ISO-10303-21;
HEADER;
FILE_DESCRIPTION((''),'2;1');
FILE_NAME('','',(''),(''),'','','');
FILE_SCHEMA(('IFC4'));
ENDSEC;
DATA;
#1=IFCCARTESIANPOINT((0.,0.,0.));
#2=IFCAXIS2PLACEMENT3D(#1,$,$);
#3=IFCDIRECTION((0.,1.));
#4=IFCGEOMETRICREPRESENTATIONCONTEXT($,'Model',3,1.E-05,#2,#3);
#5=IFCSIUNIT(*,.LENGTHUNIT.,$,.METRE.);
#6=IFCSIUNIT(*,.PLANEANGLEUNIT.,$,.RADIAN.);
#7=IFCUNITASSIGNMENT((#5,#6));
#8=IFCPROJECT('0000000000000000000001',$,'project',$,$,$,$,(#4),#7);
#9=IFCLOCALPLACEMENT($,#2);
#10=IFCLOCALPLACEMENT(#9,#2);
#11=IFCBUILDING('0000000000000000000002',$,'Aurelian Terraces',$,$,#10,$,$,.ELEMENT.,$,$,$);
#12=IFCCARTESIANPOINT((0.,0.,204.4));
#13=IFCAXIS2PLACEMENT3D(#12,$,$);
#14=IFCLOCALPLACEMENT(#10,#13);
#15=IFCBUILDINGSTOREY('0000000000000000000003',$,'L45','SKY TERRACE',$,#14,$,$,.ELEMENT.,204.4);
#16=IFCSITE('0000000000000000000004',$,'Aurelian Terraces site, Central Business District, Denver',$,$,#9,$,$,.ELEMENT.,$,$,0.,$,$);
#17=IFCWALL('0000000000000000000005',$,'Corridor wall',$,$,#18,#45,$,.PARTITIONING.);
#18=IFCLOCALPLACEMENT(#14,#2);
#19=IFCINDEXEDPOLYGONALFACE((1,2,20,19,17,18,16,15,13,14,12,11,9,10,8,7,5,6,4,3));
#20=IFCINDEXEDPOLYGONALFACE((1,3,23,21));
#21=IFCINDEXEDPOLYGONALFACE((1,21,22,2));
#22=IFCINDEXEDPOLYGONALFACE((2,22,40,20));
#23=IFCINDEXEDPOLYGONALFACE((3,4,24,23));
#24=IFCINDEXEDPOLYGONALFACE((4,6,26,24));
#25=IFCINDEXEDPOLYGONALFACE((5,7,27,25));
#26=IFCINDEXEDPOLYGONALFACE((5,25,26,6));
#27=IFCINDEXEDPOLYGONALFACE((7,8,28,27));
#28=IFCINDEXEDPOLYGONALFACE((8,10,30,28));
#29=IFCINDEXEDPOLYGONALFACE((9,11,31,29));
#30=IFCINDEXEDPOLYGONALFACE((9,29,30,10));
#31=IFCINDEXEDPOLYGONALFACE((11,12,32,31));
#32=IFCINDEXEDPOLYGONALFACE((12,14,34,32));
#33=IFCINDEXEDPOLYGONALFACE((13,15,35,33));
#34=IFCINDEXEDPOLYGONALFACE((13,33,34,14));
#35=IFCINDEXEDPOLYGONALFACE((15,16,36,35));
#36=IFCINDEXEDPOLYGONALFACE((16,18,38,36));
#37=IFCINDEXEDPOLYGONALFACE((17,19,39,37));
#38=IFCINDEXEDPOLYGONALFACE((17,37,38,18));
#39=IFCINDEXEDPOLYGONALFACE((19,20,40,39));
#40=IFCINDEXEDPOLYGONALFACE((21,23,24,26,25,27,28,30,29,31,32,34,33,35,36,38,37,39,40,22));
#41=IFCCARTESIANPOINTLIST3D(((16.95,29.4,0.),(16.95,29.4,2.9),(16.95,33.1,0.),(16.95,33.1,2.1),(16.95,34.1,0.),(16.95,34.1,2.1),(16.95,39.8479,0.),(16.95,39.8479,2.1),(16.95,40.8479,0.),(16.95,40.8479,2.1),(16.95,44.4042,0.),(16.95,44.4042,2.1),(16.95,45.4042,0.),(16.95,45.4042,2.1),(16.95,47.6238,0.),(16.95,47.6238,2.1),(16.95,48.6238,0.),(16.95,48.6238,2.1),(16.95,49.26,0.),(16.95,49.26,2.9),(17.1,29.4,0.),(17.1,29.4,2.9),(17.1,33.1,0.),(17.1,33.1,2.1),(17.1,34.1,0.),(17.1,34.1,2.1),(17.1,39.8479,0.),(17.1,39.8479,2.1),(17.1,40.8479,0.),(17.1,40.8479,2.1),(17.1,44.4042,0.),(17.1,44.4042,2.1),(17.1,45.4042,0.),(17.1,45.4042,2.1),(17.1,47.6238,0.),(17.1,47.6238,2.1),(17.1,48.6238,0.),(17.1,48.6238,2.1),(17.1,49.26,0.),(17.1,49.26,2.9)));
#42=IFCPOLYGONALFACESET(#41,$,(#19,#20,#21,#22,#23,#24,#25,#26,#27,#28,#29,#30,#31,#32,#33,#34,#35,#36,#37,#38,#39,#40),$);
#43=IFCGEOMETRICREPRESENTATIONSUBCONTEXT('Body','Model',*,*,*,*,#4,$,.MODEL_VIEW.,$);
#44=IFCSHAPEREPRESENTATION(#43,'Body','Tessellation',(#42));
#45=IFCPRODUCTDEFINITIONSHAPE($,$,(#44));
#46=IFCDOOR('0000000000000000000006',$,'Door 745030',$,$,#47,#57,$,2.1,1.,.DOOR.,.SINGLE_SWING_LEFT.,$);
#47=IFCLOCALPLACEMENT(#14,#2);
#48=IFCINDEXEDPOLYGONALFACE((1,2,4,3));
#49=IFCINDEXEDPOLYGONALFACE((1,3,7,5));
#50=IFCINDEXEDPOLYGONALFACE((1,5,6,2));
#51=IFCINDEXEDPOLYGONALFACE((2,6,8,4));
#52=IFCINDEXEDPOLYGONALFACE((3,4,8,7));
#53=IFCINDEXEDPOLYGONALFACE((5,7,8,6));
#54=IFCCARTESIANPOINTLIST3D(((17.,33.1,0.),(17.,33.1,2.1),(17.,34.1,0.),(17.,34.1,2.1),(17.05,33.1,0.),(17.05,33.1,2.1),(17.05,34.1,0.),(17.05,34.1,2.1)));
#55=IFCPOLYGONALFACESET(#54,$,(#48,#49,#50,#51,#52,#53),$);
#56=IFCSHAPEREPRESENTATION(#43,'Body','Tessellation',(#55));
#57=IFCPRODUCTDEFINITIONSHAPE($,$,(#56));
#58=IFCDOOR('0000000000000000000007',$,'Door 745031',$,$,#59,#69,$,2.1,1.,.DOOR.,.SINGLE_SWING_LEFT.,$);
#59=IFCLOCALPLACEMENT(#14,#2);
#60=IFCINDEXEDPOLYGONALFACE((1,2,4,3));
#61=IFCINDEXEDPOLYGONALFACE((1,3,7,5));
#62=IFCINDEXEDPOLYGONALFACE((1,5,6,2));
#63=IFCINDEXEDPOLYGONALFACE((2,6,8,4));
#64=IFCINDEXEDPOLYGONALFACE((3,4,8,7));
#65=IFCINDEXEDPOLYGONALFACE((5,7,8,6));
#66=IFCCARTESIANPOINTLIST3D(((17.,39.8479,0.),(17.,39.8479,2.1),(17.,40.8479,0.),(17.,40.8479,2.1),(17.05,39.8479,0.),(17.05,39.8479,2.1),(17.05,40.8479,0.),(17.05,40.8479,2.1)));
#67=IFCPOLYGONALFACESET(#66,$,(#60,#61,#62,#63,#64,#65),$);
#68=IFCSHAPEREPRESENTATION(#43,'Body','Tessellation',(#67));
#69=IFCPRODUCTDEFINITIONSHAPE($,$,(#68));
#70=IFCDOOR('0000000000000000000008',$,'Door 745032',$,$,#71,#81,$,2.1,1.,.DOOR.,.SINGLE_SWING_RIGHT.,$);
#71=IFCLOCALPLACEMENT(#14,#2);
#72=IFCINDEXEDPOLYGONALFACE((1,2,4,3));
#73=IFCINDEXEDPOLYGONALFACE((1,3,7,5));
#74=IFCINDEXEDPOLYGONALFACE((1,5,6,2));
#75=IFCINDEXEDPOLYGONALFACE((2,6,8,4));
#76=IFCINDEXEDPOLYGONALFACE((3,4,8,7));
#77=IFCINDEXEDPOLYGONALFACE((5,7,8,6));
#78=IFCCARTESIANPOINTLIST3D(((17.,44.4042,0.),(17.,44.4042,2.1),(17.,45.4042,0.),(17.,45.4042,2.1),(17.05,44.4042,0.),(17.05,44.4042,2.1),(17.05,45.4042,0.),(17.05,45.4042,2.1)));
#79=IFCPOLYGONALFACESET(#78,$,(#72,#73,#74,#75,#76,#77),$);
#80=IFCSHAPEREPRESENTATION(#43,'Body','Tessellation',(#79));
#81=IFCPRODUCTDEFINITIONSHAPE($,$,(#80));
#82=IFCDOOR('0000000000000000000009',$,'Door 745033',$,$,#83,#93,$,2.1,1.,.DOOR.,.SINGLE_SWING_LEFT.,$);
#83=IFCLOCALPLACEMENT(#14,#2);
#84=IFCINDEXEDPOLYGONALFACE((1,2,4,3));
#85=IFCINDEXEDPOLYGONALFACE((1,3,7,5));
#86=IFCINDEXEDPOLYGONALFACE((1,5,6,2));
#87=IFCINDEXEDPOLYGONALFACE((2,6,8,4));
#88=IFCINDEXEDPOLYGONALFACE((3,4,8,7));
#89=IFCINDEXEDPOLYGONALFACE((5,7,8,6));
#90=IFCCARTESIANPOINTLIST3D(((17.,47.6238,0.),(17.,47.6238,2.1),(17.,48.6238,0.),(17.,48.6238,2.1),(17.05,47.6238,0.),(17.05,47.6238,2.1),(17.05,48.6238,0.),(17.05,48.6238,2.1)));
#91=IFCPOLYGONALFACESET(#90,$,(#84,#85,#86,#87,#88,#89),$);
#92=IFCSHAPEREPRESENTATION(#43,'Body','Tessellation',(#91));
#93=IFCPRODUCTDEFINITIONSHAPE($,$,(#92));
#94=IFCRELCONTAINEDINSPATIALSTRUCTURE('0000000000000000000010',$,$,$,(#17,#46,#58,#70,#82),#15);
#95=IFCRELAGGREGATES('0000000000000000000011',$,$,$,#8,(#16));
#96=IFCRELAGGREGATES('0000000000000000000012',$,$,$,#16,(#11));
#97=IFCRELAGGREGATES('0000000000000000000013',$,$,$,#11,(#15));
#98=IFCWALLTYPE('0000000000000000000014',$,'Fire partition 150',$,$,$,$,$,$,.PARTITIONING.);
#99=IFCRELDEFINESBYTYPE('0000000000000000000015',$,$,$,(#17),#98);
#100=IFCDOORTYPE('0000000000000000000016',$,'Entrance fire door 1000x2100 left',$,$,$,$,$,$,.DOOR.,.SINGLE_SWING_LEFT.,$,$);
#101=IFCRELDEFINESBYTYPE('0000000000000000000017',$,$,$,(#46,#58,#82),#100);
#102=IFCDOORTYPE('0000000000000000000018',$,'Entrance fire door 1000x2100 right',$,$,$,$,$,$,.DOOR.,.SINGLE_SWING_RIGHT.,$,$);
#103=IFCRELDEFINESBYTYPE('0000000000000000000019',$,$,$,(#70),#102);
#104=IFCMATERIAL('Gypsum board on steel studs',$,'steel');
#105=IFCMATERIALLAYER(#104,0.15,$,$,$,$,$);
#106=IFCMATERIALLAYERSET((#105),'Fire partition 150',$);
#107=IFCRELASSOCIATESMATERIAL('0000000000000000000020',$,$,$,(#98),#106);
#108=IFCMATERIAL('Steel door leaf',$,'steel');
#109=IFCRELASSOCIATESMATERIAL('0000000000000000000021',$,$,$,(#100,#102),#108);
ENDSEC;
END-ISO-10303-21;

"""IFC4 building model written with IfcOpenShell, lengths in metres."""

from ifc_helpers import new_model, si_unit, direction, frame, frame_2d, origin, place, context, subcontext, project, spatial, rectangle, extrude, source, transform, mapped, material, layer, layer_set, type_object, element, fill, save


model = new_model("IFC4")

# Units and contexts
model_context = context("Model", 3, precision=1e-05, world=origin(), true_north=direction((0.0, 1.0)))
body_context = subcontext(model_context, "Body", "Model", "MODEL_VIEW")
ifc_project = project(units=[si_unit("LENGTHUNIT", "METRE"), si_unit("PLANEANGLEUNIT", "RADIAN")], contexts=[model_context])

# Site, building, storey
site_placement = place(None, origin())
site = spatial("IfcSite", under=ifc_project, at=site_placement, Name="Aurelian Terraces site, Central Business District, Denver", CompositionType="ELEMENT", RefElevation=0.0)
building_placement = place(site_placement, origin())
building = spatial("IfcBuilding", under=site, at=building_placement, Name="Aurelian Terraces", CompositionType="ELEMENT")
storey_placement = place(building_placement, frame((0.0, 0.0, 204.4)))
storey = spatial("IfcBuildingStorey", under=building, at=storey_placement, Name="L45", Description="SKY TERRACE", CompositionType="ELEMENT", Elevation=204.4)

# Shared definitions
ifc_material_1 = material(Name="Gypsum board on steel studs", Category="steel")

# Shared definitions
ifc_material_2 = material(Name="Steel door leaf", Category="steel")

# Shared definitions
shared_shape_1 = source(origin(), body_context, "Body", "SweptSolid", [
    extrude(rectangle(XDim=1.0, YDim=2.1, at=frame_2d((0.5, 1.05))), frame((0.0, 0.085, 0.0), z_axis=(0.0, -1.0, 0.0), x_axis=(1.0, 0.0, 0.0)), (0.0, 0.0, 1.0), 0.17),
])
shared_shape_2 = source(origin(), body_context, "Body", "SweptSolid", [
    extrude(rectangle(XDim=1.0, YDim=2.1, at=frame_2d((0.5, 1.05))), frame((0.0, 0.025, 0.0), z_axis=(0.0, -1.0, 0.0), x_axis=(1.0, 0.0, 0.0)), (0.0, 0.0, 1.0), 0.05),
])

# Wall, openings, doors
ifc_layer_1 = layer(ifc_material_1, 0.15)
ifc_layer_set_1 = layer_set([ifc_layer_1], Name="Fire partition 150")
wall_type_1 = type_object("IfcWallType", Name="Fire partition 150", PredefinedType="PARTITIONING", material=ifc_layer_set_1)
shared_shape_3 = source(origin(), body_context, "Body", "SweptSolid", [
    extrude(rectangle(XDim=19.86, YDim=0.15, at=frame_2d((9.93, 0.0))), origin(), (0.0, 0.0, 1.0), 2.9),
])
wall_1_placement = place(storey_placement, frame((17.025, 49.26, 0.0), z_axis=(0.0, 0.0, 1.0), x_axis=(0.0, -1.0, 0.0)))
wall_1 = element("IfcWall", 1, at=wall_1_placement, inside=storey, type_object=wall_type_1, Name="Corridor wall", PredefinedType="PARTITIONING", context=body_context, shape_type="MappedRepresentation", body=[
    mapped(shared_shape_3, transform((0.0, 0.0, 0.0), scale=1.0)),
])
opening_1_placement = place(wall_1_placement, frame((15.16, 0.0, 0.0)))
opening_1 = element("IfcOpeningElement", 2, at=opening_1_placement, cuts=wall_1, PredefinedType="OPENING", context=body_context, shape_type="MappedRepresentation", body=[
    mapped(shared_shape_1, transform((0.0, 0.0, 0.0), scale=1.0)),
])
opening_2_placement = place(wall_1_placement, frame((8.4121, 0.0, 0.0)))
opening_2 = element("IfcOpeningElement", 3, at=opening_2_placement, cuts=wall_1, PredefinedType="OPENING", context=body_context, shape_type="MappedRepresentation", body=[
    mapped(shared_shape_1, transform((0.0, 0.0, 0.0), scale=1.0)),
])
opening_3_placement = place(wall_1_placement, frame((3.8558, 0.0, 0.0)))
opening_3 = element("IfcOpeningElement", 4, at=opening_3_placement, cuts=wall_1, PredefinedType="OPENING", context=body_context, shape_type="MappedRepresentation", body=[
    mapped(shared_shape_1, transform((0.0, 0.0, 0.0), scale=1.0)),
])
opening_4_placement = place(wall_1_placement, frame((0.6362, 0.0, 0.0)))
opening_4 = element("IfcOpeningElement", 5, at=opening_4_placement, cuts=wall_1, PredefinedType="OPENING", context=body_context, shape_type="MappedRepresentation", body=[
    mapped(shared_shape_1, transform((0.0, 0.0, 0.0), scale=1.0)),
])
door_type_1 = type_object("IfcDoorType", Name="Entrance fire door 1000x2100 left", OperationType="SINGLE_SWING_LEFT", PredefinedType="DOOR", material=ifc_material_2)
door_1_placement = place(opening_1_placement, origin())
door_1 = element("IfcDoor", 6, at=door_1_placement, inside=storey, type_object=door_type_1, Name="Door 745030", OperationType="SINGLE_SWING_LEFT", OverallHeight=2.1, OverallWidth=1.0, PredefinedType="DOOR", context=body_context, shape_type="MappedRepresentation", body=[
    mapped(shared_shape_2, transform((0.0, 0.0, 0.0), scale=1.0)),
])
fill(opening_1, door_1)
door_2_placement = place(opening_2_placement, origin())
door_2 = element("IfcDoor", 7, at=door_2_placement, inside=storey, type_object=door_type_1, Name="Door 745031", OperationType="SINGLE_SWING_LEFT", OverallHeight=2.1, OverallWidth=1.0, PredefinedType="DOOR", context=body_context, shape_type="MappedRepresentation", body=[
    mapped(shared_shape_2, transform((0.0, 0.0, 0.0), scale=1.0)),
])
fill(opening_2, door_2)
door_type_2 = type_object("IfcDoorType", Name="Entrance fire door 1000x2100 right", OperationType="SINGLE_SWING_RIGHT", PredefinedType="DOOR", material=ifc_material_2)
door_3_placement = place(opening_3_placement, origin())
door_3 = element("IfcDoor", 8, at=door_3_placement, inside=storey, type_object=door_type_2, Name="Door 745032", OperationType="SINGLE_SWING_RIGHT", OverallHeight=2.1, OverallWidth=1.0, PredefinedType="DOOR", context=body_context, shape_type="MappedRepresentation", body=[
    mapped(shared_shape_2, transform((0.0, 0.0, 0.0), scale=1.0)),
])
fill(opening_3, door_3)
door_4_placement = place(opening_4_placement, origin())
door_4 = element("IfcDoor", 9, at=door_4_placement, inside=storey, type_object=door_type_1, Name="Door 745033", OperationType="SINGLE_SWING_LEFT", OverallHeight=2.1, OverallWidth=1.0, PredefinedType="DOOR", context=body_context, shape_type="MappedRepresentation", body=[
    mapped(shared_shape_2, transform((0.0, 0.0, 0.0), scale=1.0)),
])
fill(opening_4, door_4)

save(model, "model.ifc")
